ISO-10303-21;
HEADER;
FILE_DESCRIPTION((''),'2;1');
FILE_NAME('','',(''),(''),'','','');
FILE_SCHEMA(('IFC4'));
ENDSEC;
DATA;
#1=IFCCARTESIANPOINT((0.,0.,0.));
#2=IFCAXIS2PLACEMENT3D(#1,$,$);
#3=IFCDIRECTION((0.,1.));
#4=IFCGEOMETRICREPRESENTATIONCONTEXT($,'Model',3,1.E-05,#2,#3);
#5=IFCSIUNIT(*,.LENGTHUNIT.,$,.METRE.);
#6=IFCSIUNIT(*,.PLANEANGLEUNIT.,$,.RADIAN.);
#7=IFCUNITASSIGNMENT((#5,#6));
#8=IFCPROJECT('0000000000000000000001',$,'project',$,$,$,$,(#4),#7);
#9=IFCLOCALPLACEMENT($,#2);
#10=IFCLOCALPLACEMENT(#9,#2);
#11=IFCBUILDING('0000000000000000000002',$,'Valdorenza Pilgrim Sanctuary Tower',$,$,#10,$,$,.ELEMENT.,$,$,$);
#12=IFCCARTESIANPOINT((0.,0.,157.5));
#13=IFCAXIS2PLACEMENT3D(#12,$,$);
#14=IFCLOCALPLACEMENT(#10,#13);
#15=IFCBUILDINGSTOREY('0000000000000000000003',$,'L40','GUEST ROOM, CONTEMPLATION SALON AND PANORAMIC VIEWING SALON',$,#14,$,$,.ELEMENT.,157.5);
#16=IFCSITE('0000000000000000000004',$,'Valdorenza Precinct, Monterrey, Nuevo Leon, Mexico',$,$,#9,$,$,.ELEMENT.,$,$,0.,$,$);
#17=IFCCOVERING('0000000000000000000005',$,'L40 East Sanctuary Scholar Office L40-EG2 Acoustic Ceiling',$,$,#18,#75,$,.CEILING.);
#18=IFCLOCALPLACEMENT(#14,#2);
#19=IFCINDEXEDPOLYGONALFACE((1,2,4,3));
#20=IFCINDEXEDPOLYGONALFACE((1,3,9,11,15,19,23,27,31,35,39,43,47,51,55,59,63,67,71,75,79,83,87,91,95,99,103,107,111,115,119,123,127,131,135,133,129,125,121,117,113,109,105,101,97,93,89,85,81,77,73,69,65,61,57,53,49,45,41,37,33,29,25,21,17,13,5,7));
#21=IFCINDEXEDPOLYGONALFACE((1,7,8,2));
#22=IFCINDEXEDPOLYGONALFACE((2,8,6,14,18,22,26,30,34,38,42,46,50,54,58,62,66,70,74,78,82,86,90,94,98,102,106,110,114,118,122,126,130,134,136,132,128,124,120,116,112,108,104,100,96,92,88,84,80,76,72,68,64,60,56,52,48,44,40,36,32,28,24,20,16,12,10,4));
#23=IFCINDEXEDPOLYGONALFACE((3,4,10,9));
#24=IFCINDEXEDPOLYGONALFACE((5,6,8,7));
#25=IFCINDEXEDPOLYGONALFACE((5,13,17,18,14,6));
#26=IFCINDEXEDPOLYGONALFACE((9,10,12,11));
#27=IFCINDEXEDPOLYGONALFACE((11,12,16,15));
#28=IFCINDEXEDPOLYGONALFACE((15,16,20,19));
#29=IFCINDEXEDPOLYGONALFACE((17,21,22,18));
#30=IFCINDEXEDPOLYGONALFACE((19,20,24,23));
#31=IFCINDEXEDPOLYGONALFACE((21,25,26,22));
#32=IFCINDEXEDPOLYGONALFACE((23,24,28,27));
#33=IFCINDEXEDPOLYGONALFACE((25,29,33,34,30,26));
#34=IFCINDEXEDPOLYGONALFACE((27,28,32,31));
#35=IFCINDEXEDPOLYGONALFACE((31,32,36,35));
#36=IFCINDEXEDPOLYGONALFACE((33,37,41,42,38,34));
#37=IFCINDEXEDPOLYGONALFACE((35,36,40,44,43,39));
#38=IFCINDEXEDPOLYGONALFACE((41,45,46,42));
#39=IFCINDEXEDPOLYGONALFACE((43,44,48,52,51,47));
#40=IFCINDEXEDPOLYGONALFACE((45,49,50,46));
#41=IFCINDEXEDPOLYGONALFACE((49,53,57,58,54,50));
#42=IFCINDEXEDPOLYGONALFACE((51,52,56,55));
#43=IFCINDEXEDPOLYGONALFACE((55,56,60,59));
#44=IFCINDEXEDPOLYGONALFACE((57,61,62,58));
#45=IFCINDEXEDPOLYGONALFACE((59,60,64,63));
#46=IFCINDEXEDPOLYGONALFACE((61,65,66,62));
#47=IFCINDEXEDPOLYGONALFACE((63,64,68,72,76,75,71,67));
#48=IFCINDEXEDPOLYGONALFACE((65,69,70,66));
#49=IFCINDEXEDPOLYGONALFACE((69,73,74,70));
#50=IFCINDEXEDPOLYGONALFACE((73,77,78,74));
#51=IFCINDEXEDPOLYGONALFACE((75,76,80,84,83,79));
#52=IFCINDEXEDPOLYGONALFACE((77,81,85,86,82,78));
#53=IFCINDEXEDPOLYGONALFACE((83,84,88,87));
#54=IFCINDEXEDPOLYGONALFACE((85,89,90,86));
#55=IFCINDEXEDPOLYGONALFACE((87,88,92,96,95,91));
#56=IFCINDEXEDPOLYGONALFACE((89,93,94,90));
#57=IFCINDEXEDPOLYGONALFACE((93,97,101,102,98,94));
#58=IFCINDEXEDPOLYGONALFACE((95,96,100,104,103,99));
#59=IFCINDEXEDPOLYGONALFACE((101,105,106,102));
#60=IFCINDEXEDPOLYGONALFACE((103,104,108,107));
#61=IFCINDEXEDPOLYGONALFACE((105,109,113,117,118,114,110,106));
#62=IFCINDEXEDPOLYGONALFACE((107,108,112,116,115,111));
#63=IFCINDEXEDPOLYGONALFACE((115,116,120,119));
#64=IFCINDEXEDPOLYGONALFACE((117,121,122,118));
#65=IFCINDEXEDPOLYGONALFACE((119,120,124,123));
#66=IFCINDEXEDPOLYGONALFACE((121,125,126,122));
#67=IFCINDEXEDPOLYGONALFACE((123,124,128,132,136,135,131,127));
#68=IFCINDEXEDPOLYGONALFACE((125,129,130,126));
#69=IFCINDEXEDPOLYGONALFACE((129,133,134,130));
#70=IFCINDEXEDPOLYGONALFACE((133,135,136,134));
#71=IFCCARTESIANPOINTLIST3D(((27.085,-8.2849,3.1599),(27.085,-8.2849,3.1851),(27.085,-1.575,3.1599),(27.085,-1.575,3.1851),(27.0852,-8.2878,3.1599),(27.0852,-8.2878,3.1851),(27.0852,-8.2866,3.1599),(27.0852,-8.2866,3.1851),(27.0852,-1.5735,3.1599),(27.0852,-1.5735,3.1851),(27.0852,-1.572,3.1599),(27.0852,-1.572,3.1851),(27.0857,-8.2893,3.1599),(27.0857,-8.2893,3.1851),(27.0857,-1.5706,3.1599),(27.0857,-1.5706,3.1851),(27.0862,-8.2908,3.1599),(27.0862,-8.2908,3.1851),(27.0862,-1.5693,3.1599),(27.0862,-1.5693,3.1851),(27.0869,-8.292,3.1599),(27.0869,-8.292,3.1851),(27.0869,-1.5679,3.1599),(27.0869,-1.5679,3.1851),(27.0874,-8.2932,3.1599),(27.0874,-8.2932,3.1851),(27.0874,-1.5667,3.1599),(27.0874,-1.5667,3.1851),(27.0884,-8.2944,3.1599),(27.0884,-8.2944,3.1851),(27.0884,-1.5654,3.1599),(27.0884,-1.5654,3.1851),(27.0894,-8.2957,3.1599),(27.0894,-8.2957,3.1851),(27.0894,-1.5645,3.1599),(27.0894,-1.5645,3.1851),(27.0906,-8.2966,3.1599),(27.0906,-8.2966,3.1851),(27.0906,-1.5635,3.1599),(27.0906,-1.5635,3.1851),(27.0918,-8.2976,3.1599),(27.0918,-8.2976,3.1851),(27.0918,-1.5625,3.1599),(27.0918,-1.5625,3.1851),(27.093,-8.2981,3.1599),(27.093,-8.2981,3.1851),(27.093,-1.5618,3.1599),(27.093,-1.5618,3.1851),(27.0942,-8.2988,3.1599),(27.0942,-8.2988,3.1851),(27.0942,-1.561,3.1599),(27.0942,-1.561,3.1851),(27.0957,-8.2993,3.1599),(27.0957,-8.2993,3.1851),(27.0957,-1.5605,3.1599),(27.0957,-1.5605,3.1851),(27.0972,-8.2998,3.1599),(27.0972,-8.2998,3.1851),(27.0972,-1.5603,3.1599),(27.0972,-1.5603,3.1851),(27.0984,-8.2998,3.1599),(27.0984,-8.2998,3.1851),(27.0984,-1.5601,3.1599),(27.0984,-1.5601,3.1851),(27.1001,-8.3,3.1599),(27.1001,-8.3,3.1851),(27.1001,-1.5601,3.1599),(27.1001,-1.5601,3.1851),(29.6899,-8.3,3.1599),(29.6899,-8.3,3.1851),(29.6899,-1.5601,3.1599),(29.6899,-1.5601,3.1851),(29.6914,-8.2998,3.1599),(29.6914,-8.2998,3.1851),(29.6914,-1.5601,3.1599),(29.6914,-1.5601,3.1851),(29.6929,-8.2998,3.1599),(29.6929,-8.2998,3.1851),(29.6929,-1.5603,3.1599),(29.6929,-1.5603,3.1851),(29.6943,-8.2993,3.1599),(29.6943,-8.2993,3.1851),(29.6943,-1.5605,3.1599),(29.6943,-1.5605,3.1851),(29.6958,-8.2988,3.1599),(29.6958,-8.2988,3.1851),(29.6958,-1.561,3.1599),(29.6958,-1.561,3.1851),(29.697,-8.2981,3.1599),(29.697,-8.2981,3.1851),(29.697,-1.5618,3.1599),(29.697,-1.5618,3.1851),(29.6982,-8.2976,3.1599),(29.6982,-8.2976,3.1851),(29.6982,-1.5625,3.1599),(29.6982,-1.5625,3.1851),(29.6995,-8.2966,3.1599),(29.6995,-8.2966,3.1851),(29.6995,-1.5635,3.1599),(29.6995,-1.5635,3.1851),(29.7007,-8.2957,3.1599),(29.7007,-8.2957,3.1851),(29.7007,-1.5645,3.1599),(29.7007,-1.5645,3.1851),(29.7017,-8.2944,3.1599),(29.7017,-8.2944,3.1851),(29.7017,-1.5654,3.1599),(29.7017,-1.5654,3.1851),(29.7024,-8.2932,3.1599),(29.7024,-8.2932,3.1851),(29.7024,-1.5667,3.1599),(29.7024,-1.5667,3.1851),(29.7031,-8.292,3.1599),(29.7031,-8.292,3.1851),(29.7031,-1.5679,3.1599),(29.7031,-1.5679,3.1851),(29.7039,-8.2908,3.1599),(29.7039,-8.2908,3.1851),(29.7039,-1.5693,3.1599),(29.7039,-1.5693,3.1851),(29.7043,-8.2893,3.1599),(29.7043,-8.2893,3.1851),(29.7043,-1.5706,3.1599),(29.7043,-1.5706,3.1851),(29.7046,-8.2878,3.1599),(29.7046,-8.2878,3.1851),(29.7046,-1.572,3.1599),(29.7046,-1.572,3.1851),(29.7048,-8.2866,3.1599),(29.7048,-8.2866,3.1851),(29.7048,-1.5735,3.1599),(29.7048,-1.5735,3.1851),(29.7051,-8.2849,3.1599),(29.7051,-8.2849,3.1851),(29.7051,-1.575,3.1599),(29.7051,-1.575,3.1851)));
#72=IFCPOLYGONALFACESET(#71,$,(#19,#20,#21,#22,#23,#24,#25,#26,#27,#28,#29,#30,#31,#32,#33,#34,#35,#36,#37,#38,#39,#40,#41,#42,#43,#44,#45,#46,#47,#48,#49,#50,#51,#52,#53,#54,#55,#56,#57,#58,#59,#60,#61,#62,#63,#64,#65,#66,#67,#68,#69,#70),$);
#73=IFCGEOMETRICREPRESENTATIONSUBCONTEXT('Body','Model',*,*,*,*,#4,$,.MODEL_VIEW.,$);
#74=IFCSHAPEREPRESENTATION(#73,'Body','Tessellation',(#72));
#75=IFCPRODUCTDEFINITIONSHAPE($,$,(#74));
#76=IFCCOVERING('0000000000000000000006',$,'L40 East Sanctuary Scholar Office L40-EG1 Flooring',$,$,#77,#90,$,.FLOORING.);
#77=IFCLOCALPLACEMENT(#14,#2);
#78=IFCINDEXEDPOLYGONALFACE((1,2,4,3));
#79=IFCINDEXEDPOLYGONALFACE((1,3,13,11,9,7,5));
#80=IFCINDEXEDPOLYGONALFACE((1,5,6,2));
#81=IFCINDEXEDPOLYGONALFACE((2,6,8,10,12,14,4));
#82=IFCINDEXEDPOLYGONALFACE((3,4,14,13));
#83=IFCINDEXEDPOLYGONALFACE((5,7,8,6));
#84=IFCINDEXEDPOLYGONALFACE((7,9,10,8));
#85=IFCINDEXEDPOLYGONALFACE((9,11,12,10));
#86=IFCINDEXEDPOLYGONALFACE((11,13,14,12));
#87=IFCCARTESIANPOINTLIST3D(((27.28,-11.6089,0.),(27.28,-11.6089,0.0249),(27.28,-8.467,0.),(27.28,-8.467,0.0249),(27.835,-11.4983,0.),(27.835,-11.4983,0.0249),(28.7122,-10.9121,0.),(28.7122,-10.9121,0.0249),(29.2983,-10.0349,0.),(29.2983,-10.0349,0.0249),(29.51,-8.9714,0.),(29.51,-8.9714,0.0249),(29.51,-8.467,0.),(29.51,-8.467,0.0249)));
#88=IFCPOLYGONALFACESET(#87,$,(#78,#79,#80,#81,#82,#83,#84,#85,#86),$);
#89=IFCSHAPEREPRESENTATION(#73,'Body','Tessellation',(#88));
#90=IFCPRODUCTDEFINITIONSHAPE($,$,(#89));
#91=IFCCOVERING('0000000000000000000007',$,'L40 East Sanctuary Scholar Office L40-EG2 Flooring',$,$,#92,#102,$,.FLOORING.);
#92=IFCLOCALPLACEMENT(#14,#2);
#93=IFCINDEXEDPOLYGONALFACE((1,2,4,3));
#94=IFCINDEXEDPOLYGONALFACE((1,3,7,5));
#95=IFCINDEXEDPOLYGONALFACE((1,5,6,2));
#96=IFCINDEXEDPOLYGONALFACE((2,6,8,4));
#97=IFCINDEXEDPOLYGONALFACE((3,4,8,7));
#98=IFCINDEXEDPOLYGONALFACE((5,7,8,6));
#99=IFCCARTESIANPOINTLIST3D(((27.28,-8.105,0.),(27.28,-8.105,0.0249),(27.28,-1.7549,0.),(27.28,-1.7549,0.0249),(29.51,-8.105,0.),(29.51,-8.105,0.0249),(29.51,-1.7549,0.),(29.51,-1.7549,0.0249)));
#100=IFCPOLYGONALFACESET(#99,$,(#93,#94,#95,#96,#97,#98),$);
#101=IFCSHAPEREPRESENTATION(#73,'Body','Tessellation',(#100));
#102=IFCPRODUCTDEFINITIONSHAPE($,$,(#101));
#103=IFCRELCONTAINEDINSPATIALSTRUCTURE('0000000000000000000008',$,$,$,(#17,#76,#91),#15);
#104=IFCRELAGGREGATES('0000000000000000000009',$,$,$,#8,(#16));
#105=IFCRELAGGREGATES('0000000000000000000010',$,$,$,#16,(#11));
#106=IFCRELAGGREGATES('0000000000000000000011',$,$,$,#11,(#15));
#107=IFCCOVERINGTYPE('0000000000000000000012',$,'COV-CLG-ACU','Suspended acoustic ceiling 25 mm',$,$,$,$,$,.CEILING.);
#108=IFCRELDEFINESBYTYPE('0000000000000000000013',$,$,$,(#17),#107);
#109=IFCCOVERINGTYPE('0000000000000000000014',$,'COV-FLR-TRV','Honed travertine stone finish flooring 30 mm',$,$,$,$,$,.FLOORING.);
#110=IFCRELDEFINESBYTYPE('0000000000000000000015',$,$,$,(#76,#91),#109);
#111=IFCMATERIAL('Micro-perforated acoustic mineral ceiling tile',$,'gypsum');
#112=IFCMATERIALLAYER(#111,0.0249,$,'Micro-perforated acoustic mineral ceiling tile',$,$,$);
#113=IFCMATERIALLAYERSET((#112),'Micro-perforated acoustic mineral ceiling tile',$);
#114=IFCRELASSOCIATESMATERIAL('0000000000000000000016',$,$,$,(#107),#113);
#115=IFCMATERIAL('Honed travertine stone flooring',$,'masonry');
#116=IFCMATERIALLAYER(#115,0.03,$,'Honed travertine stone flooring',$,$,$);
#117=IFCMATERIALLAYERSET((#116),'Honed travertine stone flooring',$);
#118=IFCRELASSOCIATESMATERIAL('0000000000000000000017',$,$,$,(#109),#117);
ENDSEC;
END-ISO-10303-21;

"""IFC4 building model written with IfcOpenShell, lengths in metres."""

from ifc_helpers import new_model, si_unit, direction, frame, origin, place, context, subcontext, project, spatial, polyline, outline, extrude, material, layer, layer_set, type_object, element, save


model = new_model("IFC4")

# Units and contexts
model_context = context("Model", 3, precision=1e-05, world=origin(), true_north=direction((0.0, 1.0)))
body_context = subcontext(model_context, "Body", "Model", "MODEL_VIEW")
ifc_project = project(units=[si_unit("LENGTHUNIT", "METRE"), si_unit("PLANEANGLEUNIT", "RADIAN")], contexts=[model_context])

# Site, building, storey
site_placement = place(None, origin())
site = spatial("IfcSite", under=ifc_project, at=site_placement, Name="Valdorenza Precinct, Monterrey, Nuevo Leon, Mexico", CompositionType="ELEMENT", RefElevation=0.0)
building_placement = place(site_placement, origin())
building = spatial("IfcBuilding", under=site, at=building_placement, Name="Valdorenza Pilgrim Sanctuary Tower", CompositionType="ELEMENT")
storey_placement = place(building_placement, frame((0.0, 0.0, 157.5)))
storey = spatial("IfcBuildingStorey", under=building, at=storey_placement, Name="L40", Description="GUEST ROOM, CONTEMPLATION SALON AND PANORAMIC VIEWING SALON", CompositionType="ELEMENT", Elevation=157.5)

# Coverings
ifc_material_1 = material(Name="Micro-perforated acoustic mineral ceiling tile", Category="gypsum")
ifc_layer_1 = layer(ifc_material_1, 0.0249, Name="Micro-perforated acoustic mineral ceiling tile")
ifc_layer_set_1 = layer_set([ifc_layer_1], Name="Micro-perforated acoustic mineral ceiling tile")
covering_type_1 = type_object("IfcCoveringType", Name="COV-CLG-ACU", Description="Suspended acoustic ceiling 25 mm", PredefinedType="CEILING", material=ifc_layer_set_1)
covering_1_placement = place(storey_placement, frame((0.0, 0.0, 3.1599)))
element("IfcCovering", 1, at=covering_1_placement, inside=storey, type_object=covering_type_1, Name="L40 East Sanctuary Scholar Office L40-EG2 Acoustic Ceiling", PredefinedType="CEILING", context=body_context, shape_type="SweptSolid", body=[
    extrude(outline(polyline([(27.085, -1.575), (27.0852, -1.5735), (27.0852, -1.572), (27.0857, -1.5706), (27.0862, -1.5693), (27.0869, -1.5679), (27.0874, -1.5667), (27.0884, -1.5654), (27.0894, -1.5645), (27.0906, -1.5635), (27.0918, -1.5625), (27.093, -1.5618), (27.0942, -1.561), (27.0957, -1.5605), (27.0972, -1.5603), (27.0984, -1.5601), (27.1001, -1.5601), (29.6899, -1.5601), (29.6914, -1.5601), (29.6929, -1.5603), (29.6943, -1.5605), (29.6958, -1.561), (29.697, -1.5618), (29.6982, -1.5625), (29.6995, -1.5635), (29.7007, -1.5645), (29.7017, -1.5654), (29.7024, -1.5667), (29.7031, -1.5679), (29.7039, -1.5693), (29.7043, -1.5706), (29.7046, -1.572), (29.7048, -1.5735), (29.7051, -1.575), (29.7051, -8.2849), (29.7048, -8.2866), (29.7046, -8.2878), (29.7043, -8.2893), (29.7039, -8.2908), (29.7031, -8.292), (29.7024, -8.2932), (29.7017, -8.2944), (29.7007, -8.2957), (29.6995, -8.2966), (29.6982, -8.2976), (29.697, -8.2981), (29.6958, -8.2988), (29.6943, -8.2993), (29.6929, -8.2998), (29.6914, -8.2998), (29.6899, -8.3), (27.1001, -8.3), (27.0984, -8.2998), (27.0972, -8.2998), (27.0957, -8.2993), (27.0942, -8.2988), (27.093, -8.2981), (27.0918, -8.2976), (27.0906, -8.2966), (27.0894, -8.2957), (27.0884, -8.2944), (27.0874, -8.2932), (27.0869, -8.292), (27.0862, -8.2908), (27.0857, -8.2893), (27.0852, -8.2878), (27.0852, -8.2866), (27.085, -8.2849), (27.085, -1.575)])), origin(), (0.0, 0.0, 1.0), 0.0251),
])
ifc_material_2 = material(Name="Honed travertine stone flooring", Category="masonry")
ifc_layer_2 = layer(ifc_material_2, 0.03, Name="Honed travertine stone flooring")
ifc_layer_set_2 = layer_set([ifc_layer_2], Name="Honed travertine stone flooring")
covering_type_2 = type_object("IfcCoveringType", Name="COV-FLR-TRV", Description="Honed travertine stone finish flooring 30 mm", PredefinedType="FLOORING", material=ifc_layer_set_2)
covering_2_placement = place(storey_placement, origin())
element("IfcCovering", 2, at=covering_2_placement, inside=storey, type_object=covering_type_2, Name="L40 East Sanctuary Scholar Office L40-EG1 Flooring", PredefinedType="FLOORING", context=body_context, shape_type="SweptSolid", body=[
    extrude(outline(polyline([(29.2983, -10.0349), (28.7122, -10.9121), (27.835, -11.4983), (27.28, -11.6089), (27.28, -8.467), (29.51, -8.467), (29.51, -8.9714), (29.2983, -10.0349)])), origin(), (0.0, 0.0, 1.0), 0.0249),
])
covering_3_placement = place(storey_placement, origin())
element("IfcCovering", 3, at=covering_3_placement, inside=storey, type_object=covering_type_2, Name="L40 East Sanctuary Scholar Office L40-EG2 Flooring", PredefinedType="FLOORING", context=body_context, shape_type="SweptSolid", body=[
    extrude(outline(polyline([(27.28, -1.7549), (29.51, -1.7549), (29.51, -8.105), (27.28, -8.105), (27.28, -1.7549)])), origin(), (0.0, 0.0, 1.0), 0.0249),
])

save(model, "model.ifc")
